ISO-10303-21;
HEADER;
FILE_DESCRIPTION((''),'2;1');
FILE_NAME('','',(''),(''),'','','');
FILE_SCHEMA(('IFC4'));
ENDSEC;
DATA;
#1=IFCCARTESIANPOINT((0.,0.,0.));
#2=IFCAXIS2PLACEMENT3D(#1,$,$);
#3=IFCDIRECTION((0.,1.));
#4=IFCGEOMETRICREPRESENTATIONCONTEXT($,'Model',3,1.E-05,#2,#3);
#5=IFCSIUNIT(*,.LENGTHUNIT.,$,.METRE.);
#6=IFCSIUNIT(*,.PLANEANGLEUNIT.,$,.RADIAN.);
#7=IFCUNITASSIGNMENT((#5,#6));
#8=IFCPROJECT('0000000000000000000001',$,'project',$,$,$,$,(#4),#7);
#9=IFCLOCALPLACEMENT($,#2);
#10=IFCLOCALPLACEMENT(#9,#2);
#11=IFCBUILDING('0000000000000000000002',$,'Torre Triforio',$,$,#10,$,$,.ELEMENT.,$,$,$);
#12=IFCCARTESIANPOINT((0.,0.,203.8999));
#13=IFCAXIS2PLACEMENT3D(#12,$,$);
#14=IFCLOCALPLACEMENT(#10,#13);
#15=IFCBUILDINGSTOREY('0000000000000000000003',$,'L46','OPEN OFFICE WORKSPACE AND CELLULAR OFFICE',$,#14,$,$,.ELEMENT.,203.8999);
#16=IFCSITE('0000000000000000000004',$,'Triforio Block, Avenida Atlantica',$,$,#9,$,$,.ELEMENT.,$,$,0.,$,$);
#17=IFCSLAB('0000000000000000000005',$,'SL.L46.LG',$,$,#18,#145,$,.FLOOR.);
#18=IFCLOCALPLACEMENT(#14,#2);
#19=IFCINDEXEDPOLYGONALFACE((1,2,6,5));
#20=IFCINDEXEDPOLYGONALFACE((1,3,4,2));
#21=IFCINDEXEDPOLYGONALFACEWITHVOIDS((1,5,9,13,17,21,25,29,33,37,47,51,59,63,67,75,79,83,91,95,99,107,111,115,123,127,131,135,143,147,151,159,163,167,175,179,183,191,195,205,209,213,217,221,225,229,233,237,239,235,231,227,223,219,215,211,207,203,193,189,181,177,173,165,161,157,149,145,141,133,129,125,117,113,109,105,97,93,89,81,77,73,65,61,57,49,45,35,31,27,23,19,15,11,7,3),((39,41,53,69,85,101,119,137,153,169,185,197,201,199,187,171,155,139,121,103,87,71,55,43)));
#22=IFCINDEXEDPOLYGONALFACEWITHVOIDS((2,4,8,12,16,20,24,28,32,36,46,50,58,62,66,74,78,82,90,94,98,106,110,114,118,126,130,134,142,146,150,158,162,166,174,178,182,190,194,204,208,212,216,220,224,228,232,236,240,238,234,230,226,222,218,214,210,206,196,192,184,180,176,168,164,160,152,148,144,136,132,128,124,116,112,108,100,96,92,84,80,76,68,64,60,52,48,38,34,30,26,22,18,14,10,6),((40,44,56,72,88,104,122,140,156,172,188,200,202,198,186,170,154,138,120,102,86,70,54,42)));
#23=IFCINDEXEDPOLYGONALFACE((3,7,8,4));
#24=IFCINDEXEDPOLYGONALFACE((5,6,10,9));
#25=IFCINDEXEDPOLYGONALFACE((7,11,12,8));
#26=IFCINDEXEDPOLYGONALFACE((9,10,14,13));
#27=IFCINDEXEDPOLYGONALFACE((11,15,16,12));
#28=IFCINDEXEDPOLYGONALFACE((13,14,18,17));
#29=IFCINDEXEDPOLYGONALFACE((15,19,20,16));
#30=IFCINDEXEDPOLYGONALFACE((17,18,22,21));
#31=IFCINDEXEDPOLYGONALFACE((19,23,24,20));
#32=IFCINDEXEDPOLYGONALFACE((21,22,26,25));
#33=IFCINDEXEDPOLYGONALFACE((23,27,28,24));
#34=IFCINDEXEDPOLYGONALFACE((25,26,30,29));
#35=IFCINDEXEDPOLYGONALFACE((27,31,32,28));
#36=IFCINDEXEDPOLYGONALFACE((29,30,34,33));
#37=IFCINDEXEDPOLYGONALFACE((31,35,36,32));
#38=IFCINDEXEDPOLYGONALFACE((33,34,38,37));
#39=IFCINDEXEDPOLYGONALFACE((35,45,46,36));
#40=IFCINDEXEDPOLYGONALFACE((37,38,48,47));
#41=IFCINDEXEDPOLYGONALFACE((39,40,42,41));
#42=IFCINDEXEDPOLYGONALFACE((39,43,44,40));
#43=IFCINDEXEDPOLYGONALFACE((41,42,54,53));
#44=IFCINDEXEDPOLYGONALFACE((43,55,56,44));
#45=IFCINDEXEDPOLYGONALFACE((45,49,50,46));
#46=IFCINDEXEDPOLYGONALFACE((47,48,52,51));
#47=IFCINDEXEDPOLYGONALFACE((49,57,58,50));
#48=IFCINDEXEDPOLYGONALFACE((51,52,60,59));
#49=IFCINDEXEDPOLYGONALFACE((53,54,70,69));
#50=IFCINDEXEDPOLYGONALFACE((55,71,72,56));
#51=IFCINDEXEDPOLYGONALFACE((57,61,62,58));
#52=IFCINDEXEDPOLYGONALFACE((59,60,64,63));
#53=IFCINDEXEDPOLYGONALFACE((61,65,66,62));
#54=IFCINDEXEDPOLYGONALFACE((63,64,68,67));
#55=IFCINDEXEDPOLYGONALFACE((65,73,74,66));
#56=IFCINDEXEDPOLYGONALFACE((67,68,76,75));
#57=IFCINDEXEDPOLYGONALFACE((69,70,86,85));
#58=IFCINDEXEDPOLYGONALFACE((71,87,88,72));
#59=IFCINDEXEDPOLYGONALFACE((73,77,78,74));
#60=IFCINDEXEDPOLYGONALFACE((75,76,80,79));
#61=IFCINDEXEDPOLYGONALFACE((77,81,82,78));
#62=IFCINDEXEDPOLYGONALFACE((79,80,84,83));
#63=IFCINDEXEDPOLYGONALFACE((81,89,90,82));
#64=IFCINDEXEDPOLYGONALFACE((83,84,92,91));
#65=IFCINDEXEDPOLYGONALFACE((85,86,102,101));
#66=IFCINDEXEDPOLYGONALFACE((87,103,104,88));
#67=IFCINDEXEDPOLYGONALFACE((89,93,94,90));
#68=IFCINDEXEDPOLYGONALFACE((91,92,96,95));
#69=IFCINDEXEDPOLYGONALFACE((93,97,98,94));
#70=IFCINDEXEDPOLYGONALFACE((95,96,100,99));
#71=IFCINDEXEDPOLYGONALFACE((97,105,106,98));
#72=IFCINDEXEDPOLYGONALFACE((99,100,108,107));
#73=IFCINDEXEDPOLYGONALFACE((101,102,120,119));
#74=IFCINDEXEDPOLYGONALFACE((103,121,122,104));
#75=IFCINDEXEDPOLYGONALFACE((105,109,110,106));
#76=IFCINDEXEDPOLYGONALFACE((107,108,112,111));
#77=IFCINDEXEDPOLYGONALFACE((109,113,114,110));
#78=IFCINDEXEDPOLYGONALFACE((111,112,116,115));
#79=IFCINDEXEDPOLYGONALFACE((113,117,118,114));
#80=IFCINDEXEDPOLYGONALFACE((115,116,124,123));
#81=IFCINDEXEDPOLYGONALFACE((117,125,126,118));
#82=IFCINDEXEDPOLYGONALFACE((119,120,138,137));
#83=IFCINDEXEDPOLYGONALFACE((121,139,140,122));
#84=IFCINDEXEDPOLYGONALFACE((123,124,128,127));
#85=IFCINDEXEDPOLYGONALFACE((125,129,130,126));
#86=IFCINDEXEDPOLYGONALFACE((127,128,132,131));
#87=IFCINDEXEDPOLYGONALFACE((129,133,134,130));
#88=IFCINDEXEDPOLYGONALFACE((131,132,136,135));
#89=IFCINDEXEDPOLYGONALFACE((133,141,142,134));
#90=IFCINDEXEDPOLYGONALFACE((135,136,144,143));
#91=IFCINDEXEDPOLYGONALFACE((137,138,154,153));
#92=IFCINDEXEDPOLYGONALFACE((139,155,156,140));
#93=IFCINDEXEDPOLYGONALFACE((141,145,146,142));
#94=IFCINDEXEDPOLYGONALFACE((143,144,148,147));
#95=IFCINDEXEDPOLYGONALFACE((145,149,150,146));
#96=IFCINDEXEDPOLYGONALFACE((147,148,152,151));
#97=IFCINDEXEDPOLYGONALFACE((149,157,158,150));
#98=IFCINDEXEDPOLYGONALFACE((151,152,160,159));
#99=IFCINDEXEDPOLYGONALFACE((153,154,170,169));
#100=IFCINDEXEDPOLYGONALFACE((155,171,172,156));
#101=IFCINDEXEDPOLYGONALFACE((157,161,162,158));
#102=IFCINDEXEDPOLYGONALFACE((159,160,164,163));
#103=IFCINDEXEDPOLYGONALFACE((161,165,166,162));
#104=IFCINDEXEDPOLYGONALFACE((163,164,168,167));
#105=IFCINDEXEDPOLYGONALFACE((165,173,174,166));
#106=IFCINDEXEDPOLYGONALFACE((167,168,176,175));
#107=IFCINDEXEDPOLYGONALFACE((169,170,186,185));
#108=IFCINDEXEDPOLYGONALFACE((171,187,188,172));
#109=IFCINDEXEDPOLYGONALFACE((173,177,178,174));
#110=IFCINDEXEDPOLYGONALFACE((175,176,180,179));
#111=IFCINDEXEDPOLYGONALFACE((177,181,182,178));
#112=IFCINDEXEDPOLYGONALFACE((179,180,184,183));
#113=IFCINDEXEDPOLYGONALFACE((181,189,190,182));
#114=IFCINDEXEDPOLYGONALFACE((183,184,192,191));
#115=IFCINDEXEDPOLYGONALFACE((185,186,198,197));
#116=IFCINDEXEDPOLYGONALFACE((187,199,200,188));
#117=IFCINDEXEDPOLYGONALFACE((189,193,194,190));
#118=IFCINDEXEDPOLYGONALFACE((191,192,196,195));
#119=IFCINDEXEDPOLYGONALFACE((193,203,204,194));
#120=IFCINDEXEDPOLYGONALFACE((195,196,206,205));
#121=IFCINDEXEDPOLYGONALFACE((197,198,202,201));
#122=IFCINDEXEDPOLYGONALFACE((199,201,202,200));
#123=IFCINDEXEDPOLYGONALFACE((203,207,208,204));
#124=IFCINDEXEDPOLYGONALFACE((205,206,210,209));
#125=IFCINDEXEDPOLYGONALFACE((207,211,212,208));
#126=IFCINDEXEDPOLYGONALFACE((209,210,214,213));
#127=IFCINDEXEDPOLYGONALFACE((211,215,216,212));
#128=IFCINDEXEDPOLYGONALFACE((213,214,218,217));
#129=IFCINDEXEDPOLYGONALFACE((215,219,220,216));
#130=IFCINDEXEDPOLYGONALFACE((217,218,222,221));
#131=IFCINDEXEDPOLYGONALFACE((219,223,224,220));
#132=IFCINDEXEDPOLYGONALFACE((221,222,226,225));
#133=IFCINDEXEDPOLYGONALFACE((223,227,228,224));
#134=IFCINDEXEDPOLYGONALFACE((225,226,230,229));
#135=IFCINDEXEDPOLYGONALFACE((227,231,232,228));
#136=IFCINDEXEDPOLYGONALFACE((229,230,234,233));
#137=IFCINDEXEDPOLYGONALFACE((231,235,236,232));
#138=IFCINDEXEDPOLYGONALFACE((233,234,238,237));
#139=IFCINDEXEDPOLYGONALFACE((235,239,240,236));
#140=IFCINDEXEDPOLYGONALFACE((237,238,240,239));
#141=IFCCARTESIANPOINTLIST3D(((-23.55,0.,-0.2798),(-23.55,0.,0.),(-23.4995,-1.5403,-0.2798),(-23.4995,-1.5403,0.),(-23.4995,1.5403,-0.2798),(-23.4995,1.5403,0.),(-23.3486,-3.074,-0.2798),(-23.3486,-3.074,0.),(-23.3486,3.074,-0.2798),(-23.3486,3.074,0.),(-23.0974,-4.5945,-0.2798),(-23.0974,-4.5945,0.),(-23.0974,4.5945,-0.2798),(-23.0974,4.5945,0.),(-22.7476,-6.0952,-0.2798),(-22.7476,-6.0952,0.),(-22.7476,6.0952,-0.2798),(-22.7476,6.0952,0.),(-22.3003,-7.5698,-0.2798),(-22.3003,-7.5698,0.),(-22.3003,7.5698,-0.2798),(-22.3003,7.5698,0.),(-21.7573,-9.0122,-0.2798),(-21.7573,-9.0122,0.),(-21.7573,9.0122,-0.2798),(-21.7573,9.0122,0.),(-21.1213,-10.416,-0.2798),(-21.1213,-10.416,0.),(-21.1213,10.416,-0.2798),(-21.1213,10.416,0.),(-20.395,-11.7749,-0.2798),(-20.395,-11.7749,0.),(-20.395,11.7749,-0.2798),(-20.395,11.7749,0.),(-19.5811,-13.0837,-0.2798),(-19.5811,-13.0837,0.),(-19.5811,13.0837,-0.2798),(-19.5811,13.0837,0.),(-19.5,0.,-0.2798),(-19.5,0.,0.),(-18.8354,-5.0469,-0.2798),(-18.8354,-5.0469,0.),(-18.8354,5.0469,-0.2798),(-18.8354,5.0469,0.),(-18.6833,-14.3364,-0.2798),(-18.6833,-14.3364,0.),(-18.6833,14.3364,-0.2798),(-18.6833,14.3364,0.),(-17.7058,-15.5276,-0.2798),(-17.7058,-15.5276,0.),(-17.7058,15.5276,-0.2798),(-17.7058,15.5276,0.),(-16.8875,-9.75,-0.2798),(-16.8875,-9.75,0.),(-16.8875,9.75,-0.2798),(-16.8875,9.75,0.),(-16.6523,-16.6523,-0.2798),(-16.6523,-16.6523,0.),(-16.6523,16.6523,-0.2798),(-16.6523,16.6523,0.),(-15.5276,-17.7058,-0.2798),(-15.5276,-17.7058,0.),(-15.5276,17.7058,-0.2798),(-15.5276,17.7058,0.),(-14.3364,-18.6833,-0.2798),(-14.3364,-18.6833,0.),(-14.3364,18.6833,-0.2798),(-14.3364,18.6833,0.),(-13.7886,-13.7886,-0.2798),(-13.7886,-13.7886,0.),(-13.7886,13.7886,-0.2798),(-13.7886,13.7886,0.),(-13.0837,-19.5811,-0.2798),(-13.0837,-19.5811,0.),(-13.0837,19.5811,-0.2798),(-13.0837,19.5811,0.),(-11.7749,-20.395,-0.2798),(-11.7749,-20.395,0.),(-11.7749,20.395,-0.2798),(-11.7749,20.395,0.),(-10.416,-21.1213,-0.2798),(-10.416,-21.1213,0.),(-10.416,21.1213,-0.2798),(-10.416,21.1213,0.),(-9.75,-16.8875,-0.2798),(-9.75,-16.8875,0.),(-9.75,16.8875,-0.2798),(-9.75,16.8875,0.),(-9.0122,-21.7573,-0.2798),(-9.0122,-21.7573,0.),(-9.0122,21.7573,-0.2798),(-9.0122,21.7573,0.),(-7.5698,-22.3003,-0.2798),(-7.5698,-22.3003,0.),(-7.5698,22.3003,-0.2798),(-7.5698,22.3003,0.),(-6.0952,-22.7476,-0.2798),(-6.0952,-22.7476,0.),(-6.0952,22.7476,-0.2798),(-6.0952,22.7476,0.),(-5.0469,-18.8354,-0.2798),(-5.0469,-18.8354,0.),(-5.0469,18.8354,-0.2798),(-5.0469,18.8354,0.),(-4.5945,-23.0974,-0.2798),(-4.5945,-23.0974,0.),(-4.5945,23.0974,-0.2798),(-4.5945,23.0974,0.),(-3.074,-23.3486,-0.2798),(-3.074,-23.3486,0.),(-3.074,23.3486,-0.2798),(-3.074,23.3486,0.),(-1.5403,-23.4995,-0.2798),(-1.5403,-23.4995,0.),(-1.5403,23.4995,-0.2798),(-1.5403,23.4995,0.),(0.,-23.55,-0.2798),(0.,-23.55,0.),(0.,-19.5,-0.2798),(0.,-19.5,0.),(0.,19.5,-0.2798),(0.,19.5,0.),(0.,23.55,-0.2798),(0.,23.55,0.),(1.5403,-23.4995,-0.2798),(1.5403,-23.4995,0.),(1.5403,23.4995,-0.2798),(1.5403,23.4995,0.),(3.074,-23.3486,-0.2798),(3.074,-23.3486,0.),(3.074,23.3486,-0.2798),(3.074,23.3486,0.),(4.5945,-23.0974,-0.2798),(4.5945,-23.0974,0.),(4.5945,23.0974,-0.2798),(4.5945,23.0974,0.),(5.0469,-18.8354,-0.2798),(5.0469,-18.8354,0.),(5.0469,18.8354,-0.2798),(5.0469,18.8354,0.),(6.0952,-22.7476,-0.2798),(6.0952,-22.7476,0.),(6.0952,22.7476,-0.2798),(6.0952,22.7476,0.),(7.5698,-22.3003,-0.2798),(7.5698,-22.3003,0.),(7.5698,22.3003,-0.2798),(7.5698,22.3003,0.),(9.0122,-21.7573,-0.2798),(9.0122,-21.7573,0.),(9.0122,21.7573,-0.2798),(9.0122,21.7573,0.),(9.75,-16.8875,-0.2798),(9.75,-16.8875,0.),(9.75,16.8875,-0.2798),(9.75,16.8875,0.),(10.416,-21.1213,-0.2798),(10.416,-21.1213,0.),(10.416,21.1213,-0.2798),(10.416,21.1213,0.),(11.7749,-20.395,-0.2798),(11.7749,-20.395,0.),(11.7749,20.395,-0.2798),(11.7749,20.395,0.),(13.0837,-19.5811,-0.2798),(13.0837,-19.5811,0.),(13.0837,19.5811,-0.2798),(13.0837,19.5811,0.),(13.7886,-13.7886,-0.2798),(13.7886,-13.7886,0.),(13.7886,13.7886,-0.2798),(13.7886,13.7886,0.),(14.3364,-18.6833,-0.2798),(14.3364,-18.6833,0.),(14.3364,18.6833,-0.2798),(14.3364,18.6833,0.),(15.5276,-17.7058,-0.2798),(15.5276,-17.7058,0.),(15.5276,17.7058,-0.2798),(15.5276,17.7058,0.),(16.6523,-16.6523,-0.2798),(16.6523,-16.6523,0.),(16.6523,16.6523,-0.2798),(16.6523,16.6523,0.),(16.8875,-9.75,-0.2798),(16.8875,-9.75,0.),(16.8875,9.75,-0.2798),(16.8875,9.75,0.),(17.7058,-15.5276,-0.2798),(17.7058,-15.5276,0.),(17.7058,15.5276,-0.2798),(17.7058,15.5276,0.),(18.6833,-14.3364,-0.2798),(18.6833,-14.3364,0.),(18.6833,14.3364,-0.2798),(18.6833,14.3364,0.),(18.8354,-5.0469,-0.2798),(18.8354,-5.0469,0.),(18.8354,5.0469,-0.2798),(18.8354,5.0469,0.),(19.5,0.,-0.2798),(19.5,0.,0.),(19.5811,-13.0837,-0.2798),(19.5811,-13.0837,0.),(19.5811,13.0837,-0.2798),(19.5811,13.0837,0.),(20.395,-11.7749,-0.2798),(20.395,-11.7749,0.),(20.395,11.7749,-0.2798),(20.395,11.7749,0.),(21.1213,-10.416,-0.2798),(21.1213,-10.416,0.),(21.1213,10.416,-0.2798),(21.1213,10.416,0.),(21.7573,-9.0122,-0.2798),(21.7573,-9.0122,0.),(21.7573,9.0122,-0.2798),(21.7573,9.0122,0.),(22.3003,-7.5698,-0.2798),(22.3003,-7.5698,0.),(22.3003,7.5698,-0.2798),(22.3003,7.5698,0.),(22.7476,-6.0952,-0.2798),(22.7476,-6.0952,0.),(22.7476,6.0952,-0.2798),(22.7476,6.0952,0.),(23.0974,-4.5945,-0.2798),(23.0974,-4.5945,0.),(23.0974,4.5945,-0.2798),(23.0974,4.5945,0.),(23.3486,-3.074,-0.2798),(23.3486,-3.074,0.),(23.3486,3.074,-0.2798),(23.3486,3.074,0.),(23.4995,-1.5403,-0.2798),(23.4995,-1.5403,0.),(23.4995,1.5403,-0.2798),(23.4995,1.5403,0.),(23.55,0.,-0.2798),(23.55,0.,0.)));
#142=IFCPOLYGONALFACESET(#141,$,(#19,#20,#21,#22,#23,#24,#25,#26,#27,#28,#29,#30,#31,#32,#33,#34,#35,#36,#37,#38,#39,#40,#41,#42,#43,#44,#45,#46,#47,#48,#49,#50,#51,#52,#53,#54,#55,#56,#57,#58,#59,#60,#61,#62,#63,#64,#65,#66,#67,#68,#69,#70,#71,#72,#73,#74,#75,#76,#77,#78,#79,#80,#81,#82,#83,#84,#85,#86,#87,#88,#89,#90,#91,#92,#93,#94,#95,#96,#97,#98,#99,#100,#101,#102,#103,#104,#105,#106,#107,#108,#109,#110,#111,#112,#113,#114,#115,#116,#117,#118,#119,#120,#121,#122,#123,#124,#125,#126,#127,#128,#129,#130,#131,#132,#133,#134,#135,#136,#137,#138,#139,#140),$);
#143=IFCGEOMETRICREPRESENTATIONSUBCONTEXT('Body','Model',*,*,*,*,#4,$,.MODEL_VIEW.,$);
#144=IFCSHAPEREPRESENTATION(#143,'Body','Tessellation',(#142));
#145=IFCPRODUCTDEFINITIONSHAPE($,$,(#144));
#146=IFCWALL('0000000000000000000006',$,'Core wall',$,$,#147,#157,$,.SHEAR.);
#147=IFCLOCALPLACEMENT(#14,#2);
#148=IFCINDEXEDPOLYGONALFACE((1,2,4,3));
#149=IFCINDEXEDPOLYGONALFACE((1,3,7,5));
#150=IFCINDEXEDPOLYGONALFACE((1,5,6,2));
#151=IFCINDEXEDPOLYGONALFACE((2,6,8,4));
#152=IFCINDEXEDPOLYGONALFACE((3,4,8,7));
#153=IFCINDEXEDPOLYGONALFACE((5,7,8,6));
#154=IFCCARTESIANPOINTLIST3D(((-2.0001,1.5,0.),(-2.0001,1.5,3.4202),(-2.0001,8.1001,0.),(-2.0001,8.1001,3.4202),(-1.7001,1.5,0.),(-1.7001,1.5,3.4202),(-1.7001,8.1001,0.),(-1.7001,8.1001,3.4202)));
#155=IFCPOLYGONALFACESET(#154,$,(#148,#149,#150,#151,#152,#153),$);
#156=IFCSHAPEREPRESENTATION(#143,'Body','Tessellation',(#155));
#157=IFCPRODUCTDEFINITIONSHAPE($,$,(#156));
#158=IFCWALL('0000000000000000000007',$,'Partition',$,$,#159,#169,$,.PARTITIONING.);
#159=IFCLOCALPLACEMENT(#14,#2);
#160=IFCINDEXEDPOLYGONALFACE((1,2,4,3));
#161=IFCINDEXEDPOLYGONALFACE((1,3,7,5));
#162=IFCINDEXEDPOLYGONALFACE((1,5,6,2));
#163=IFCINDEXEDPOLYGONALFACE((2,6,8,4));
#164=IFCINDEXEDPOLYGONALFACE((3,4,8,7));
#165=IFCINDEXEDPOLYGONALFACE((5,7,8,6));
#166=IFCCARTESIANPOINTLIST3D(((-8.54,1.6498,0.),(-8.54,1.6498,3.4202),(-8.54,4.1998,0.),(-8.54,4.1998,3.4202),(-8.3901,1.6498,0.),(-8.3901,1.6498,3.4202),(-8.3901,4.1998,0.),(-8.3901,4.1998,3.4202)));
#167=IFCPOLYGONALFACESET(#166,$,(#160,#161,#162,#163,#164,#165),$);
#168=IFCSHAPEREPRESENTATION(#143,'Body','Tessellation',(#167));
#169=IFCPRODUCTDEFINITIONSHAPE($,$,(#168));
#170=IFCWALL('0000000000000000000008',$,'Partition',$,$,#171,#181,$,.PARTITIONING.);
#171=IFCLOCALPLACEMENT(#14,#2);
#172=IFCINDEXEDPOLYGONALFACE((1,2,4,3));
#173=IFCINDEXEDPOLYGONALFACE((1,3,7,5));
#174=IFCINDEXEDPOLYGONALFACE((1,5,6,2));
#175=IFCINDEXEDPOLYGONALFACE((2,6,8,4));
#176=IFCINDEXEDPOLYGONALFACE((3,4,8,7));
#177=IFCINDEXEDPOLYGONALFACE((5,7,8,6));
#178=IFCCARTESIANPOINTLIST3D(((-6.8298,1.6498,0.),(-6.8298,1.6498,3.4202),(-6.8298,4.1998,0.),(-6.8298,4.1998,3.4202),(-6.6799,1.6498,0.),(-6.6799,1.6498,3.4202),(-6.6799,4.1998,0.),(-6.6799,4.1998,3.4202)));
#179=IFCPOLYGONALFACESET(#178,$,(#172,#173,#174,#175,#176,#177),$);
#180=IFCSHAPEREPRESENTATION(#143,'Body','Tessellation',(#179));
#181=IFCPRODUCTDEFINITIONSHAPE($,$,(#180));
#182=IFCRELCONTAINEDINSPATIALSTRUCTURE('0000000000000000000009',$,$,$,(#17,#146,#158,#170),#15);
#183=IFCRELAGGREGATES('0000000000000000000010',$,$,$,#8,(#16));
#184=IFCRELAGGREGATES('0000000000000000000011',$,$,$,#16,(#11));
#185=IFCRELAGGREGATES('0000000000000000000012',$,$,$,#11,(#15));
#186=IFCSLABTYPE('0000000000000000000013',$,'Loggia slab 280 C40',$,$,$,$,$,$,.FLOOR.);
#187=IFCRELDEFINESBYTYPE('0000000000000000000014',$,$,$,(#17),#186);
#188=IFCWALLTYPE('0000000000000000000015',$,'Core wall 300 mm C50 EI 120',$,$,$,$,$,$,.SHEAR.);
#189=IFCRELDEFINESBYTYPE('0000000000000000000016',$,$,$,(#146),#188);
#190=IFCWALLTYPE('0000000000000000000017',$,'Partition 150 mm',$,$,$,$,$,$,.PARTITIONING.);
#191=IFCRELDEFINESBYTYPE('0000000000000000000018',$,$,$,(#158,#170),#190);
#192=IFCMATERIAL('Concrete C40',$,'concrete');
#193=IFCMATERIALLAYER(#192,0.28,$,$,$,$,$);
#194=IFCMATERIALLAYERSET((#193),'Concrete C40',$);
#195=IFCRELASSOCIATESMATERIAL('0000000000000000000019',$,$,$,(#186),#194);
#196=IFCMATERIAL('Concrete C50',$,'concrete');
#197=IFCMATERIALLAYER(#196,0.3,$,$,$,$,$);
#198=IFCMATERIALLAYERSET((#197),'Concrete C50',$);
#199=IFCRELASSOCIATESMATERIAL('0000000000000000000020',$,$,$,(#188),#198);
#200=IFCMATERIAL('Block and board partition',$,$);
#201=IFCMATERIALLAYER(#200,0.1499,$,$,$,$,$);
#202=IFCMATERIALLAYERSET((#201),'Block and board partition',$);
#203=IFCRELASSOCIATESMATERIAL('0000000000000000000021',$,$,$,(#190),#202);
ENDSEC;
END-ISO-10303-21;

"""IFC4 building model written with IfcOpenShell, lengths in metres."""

from ifc_helpers import new_model, si_unit, direction, frame, frame_2d, origin, place, context, subcontext, project, spatial, polyline, rectangle, outline, extrude, material, layer, layer_set, type_object, element, save


model = new_model("IFC4")

# Units and contexts
model_context = context("Model", 3, precision=1e-05, world=origin(), true_north=direction((0.0, 1.0)))
body_context = subcontext(model_context, "Body", "Model", "MODEL_VIEW")
ifc_project = project(units=[si_unit("LENGTHUNIT", "METRE"), si_unit("PLANEANGLEUNIT", "RADIAN")], contexts=[model_context])

# Site, building, storey
site_placement = place(None, origin())
site = spatial("IfcSite", under=ifc_project, at=site_placement, Name="Triforio Block, Avenida Atlantica", CompositionType="ELEMENT", RefElevation=0.0)
building_placement = place(site_placement, origin())
building = spatial("IfcBuilding", under=site, at=building_placement, Name="Torre Triforio", CompositionType="ELEMENT")
storey_placement = place(building_placement, frame((0.0, 0.0, 203.8999)))
storey = spatial("IfcBuildingStorey", under=building, at=storey_placement, Name="L46", Description="OPEN OFFICE WORKSPACE AND CELLULAR OFFICE", CompositionType="ELEMENT", Elevation=203.8999)

# Slab
ifc_material_1 = material(Name="Concrete C40", Category="concrete")
ifc_layer_1 = layer(ifc_material_1, 0.28)
ifc_layer_set_1 = layer_set([ifc_layer_1], Name="Concrete C40")
slab_type_1 = type_object("IfcSlabType", Name="Loggia slab 280 C40", PredefinedType="FLOOR", material=ifc_layer_set_1)
slab_1_placement = place(storey_placement, frame((0.0, 0.0, -0.2798)))
element("IfcSlab", 1, at=slab_1_placement, inside=storey, type_object=slab_type_1, Name="SL.L46.LG", PredefinedType="FLOOR", context=body_context, shape_type="SweptSolid", body=[
    extrude(outline(polyline([(23.4995, -1.5403), (23.55, 0.0), (23.4995, 1.5403), (23.3486, 3.074), (23.0974, 4.5945), (22.7476, 6.0952), (22.3003, 7.5698), (21.7573, 9.0122), (21.1213, 10.416), (20.395, 11.7749), (19.5811, 13.0837), (18.6833, 14.3364), (17.7058, 15.5276), (16.6523, 16.6523), (15.5276, 17.7058), (14.3364, 18.6833), (13.0837, 19.5811), (11.7749, 20.395), (10.416, 21.1213), (9.0122, 21.7573), (7.5698, 22.3003), (6.0952, 22.7476), (4.5945, 23.0974), (3.074, 23.3486), (1.5403, 23.4995), (0.0, 23.55), (-1.5403, 23.4995), (-3.074, 23.3486), (-4.5945, 23.0974), (-6.0952, 22.7476), (-7.5698, 22.3003), (-9.0122, 21.7573), (-10.416, 21.1213), (-11.7749, 20.395), (-13.0837, 19.5811), (-14.3364, 18.6833), (-15.5276, 17.7058), (-16.6523, 16.6523), (-17.7058, 15.5276), (-18.6833, 14.3364), (-19.5811, 13.0837), (-20.395, 11.7749), (-21.1213, 10.416), (-21.7573, 9.0122), (-22.3003, 7.5698), (-22.7476, 6.0952), (-23.0974, 4.5945), (-23.3486, 3.074), (-23.4995, 1.5403), (-23.55, 0.0), (-23.4995, -1.5403), (-23.3486, -3.074), (-23.0974, -4.5945), (-22.7476, -6.0952), (-22.3003, -7.5698), (-21.7573, -9.0122), (-21.1213, -10.416), (-20.395, -11.7749), (-19.5811, -13.0837), (-18.6833, -14.3364), (-17.7058, -15.5276), (-16.6523, -16.6523), (-15.5276, -17.7058), (-14.3364, -18.6833), (-13.0837, -19.5811), (-11.7749, -20.395), (-10.416, -21.1213), (-9.0122, -21.7573), (-7.5698, -22.3003), (-6.0952, -22.7476), (-4.5945, -23.0974), (-3.074, -23.3486), (-1.5403, -23.4995), (0.0, -23.55), (1.5403, -23.4995), (3.074, -23.3486), (4.5945, -23.0974), (6.0952, -22.7476), (7.5698, -22.3003), (9.0122, -21.7573), (10.416, -21.1213), (11.7749, -20.395), (13.0837, -19.5811), (14.3364, -18.6833), (15.5276, -17.7058), (16.6523, -16.6523), (17.7058, -15.5276), (18.6833, -14.3364), (19.5811, -13.0837), (20.395, -11.7749), (21.1213, -10.416), (21.7573, -9.0122), (22.3003, -7.5698), (22.7476, -6.0952), (23.0974, -4.5945), (23.3486, -3.074), (23.4995, -1.5403)]), holes=[polyline([(18.8354, 5.0469), (19.5, 0.0), (18.8354, -5.0469), (16.8875, -9.75), (13.7886, -13.7886), (9.75, -16.8875), (5.0469, -18.8354), (0.0, -19.5), (-5.0469, -18.8354), (-9.75, -16.8875), (-13.7886, -13.7886), (-16.8875, -9.75), (-18.8354, -5.0469), (-19.5, 0.0), (-18.8354, 5.0469), (-16.8875, 9.75), (-13.7886, 13.7886), (-9.75, 16.8875), (-5.0469, 18.8354), (0.0, 19.5), (5.0469, 18.8354), (9.75, 16.8875), (13.7886, 13.7886), (16.8875, 9.75), (18.8354, 5.0469)])]), origin(), (0.0, 0.0, 1.0), 0.2798),
])

# Walls
ifc_material_2 = material(Name="Concrete C50", Category="concrete")
ifc_layer_2 = layer(ifc_material_2, 0.3)
ifc_layer_set_2 = layer_set([ifc_layer_2], Name="Concrete C50")
wall_type_1 = type_object("IfcWallType", Name="Core wall 300 mm C50 EI 120", PredefinedType="SHEAR", material=ifc_layer_set_2)
wall_1_placement = place(storey_placement, frame((-1.8501, 1.5, 0.0), z_axis=(0.0, 0.0, 1.0), x_axis=(0.0, 1.0, 0.0)))
element("IfcWall", 2, at=wall_1_placement, inside=storey, type_object=wall_type_1, Name="Core wall", PredefinedType="SHEAR", context=body_context, shape_type="SweptSolid", body=[
    extrude(rectangle(XDim=6.6001, YDim=0.3, at=frame_2d((3.3, 0.0))), origin(), (0.0, 0.0, 1.0), 3.4202),
])
ifc_material_3 = material(Name="Block and board partition")
ifc_layer_3 = layer(ifc_material_3, 0.1499)
ifc_layer_set_3 = layer_set([ifc_layer_3], Name="Block and board partition")
wall_type_2 = type_object("IfcWallType", Name="Partition 150 mm", PredefinedType="PARTITIONING", material=ifc_layer_set_3)
for number, where, z_axis, x_axis, name in (
    (3, (-8.4651, 1.6499, 0.0), (0.0, 0.0, 1.0), (0.0, 1.0, 0.0), "Partition"),
    (4, (-6.7549, 1.6499, 0.0), (0.0, 0.0, 1.0), (0.0, 1.0, 0.0), "Partition"),
):
    element("IfcWall", number, at=place(storey_placement, frame(where, z_axis=z_axis, x_axis=x_axis)), inside=storey, type_object=wall_type_2, Name=name, PredefinedType="PARTITIONING", context=body_context, shape_type="SweptSolid", body=[
        extrude(rectangle(XDim=2.55, YDim=0.1499, at=frame_2d((1.2749, 0.0))), origin(), (0.0, 0.0, 1.0), 3.4202),
    ])

save(model, "model.ifc")
